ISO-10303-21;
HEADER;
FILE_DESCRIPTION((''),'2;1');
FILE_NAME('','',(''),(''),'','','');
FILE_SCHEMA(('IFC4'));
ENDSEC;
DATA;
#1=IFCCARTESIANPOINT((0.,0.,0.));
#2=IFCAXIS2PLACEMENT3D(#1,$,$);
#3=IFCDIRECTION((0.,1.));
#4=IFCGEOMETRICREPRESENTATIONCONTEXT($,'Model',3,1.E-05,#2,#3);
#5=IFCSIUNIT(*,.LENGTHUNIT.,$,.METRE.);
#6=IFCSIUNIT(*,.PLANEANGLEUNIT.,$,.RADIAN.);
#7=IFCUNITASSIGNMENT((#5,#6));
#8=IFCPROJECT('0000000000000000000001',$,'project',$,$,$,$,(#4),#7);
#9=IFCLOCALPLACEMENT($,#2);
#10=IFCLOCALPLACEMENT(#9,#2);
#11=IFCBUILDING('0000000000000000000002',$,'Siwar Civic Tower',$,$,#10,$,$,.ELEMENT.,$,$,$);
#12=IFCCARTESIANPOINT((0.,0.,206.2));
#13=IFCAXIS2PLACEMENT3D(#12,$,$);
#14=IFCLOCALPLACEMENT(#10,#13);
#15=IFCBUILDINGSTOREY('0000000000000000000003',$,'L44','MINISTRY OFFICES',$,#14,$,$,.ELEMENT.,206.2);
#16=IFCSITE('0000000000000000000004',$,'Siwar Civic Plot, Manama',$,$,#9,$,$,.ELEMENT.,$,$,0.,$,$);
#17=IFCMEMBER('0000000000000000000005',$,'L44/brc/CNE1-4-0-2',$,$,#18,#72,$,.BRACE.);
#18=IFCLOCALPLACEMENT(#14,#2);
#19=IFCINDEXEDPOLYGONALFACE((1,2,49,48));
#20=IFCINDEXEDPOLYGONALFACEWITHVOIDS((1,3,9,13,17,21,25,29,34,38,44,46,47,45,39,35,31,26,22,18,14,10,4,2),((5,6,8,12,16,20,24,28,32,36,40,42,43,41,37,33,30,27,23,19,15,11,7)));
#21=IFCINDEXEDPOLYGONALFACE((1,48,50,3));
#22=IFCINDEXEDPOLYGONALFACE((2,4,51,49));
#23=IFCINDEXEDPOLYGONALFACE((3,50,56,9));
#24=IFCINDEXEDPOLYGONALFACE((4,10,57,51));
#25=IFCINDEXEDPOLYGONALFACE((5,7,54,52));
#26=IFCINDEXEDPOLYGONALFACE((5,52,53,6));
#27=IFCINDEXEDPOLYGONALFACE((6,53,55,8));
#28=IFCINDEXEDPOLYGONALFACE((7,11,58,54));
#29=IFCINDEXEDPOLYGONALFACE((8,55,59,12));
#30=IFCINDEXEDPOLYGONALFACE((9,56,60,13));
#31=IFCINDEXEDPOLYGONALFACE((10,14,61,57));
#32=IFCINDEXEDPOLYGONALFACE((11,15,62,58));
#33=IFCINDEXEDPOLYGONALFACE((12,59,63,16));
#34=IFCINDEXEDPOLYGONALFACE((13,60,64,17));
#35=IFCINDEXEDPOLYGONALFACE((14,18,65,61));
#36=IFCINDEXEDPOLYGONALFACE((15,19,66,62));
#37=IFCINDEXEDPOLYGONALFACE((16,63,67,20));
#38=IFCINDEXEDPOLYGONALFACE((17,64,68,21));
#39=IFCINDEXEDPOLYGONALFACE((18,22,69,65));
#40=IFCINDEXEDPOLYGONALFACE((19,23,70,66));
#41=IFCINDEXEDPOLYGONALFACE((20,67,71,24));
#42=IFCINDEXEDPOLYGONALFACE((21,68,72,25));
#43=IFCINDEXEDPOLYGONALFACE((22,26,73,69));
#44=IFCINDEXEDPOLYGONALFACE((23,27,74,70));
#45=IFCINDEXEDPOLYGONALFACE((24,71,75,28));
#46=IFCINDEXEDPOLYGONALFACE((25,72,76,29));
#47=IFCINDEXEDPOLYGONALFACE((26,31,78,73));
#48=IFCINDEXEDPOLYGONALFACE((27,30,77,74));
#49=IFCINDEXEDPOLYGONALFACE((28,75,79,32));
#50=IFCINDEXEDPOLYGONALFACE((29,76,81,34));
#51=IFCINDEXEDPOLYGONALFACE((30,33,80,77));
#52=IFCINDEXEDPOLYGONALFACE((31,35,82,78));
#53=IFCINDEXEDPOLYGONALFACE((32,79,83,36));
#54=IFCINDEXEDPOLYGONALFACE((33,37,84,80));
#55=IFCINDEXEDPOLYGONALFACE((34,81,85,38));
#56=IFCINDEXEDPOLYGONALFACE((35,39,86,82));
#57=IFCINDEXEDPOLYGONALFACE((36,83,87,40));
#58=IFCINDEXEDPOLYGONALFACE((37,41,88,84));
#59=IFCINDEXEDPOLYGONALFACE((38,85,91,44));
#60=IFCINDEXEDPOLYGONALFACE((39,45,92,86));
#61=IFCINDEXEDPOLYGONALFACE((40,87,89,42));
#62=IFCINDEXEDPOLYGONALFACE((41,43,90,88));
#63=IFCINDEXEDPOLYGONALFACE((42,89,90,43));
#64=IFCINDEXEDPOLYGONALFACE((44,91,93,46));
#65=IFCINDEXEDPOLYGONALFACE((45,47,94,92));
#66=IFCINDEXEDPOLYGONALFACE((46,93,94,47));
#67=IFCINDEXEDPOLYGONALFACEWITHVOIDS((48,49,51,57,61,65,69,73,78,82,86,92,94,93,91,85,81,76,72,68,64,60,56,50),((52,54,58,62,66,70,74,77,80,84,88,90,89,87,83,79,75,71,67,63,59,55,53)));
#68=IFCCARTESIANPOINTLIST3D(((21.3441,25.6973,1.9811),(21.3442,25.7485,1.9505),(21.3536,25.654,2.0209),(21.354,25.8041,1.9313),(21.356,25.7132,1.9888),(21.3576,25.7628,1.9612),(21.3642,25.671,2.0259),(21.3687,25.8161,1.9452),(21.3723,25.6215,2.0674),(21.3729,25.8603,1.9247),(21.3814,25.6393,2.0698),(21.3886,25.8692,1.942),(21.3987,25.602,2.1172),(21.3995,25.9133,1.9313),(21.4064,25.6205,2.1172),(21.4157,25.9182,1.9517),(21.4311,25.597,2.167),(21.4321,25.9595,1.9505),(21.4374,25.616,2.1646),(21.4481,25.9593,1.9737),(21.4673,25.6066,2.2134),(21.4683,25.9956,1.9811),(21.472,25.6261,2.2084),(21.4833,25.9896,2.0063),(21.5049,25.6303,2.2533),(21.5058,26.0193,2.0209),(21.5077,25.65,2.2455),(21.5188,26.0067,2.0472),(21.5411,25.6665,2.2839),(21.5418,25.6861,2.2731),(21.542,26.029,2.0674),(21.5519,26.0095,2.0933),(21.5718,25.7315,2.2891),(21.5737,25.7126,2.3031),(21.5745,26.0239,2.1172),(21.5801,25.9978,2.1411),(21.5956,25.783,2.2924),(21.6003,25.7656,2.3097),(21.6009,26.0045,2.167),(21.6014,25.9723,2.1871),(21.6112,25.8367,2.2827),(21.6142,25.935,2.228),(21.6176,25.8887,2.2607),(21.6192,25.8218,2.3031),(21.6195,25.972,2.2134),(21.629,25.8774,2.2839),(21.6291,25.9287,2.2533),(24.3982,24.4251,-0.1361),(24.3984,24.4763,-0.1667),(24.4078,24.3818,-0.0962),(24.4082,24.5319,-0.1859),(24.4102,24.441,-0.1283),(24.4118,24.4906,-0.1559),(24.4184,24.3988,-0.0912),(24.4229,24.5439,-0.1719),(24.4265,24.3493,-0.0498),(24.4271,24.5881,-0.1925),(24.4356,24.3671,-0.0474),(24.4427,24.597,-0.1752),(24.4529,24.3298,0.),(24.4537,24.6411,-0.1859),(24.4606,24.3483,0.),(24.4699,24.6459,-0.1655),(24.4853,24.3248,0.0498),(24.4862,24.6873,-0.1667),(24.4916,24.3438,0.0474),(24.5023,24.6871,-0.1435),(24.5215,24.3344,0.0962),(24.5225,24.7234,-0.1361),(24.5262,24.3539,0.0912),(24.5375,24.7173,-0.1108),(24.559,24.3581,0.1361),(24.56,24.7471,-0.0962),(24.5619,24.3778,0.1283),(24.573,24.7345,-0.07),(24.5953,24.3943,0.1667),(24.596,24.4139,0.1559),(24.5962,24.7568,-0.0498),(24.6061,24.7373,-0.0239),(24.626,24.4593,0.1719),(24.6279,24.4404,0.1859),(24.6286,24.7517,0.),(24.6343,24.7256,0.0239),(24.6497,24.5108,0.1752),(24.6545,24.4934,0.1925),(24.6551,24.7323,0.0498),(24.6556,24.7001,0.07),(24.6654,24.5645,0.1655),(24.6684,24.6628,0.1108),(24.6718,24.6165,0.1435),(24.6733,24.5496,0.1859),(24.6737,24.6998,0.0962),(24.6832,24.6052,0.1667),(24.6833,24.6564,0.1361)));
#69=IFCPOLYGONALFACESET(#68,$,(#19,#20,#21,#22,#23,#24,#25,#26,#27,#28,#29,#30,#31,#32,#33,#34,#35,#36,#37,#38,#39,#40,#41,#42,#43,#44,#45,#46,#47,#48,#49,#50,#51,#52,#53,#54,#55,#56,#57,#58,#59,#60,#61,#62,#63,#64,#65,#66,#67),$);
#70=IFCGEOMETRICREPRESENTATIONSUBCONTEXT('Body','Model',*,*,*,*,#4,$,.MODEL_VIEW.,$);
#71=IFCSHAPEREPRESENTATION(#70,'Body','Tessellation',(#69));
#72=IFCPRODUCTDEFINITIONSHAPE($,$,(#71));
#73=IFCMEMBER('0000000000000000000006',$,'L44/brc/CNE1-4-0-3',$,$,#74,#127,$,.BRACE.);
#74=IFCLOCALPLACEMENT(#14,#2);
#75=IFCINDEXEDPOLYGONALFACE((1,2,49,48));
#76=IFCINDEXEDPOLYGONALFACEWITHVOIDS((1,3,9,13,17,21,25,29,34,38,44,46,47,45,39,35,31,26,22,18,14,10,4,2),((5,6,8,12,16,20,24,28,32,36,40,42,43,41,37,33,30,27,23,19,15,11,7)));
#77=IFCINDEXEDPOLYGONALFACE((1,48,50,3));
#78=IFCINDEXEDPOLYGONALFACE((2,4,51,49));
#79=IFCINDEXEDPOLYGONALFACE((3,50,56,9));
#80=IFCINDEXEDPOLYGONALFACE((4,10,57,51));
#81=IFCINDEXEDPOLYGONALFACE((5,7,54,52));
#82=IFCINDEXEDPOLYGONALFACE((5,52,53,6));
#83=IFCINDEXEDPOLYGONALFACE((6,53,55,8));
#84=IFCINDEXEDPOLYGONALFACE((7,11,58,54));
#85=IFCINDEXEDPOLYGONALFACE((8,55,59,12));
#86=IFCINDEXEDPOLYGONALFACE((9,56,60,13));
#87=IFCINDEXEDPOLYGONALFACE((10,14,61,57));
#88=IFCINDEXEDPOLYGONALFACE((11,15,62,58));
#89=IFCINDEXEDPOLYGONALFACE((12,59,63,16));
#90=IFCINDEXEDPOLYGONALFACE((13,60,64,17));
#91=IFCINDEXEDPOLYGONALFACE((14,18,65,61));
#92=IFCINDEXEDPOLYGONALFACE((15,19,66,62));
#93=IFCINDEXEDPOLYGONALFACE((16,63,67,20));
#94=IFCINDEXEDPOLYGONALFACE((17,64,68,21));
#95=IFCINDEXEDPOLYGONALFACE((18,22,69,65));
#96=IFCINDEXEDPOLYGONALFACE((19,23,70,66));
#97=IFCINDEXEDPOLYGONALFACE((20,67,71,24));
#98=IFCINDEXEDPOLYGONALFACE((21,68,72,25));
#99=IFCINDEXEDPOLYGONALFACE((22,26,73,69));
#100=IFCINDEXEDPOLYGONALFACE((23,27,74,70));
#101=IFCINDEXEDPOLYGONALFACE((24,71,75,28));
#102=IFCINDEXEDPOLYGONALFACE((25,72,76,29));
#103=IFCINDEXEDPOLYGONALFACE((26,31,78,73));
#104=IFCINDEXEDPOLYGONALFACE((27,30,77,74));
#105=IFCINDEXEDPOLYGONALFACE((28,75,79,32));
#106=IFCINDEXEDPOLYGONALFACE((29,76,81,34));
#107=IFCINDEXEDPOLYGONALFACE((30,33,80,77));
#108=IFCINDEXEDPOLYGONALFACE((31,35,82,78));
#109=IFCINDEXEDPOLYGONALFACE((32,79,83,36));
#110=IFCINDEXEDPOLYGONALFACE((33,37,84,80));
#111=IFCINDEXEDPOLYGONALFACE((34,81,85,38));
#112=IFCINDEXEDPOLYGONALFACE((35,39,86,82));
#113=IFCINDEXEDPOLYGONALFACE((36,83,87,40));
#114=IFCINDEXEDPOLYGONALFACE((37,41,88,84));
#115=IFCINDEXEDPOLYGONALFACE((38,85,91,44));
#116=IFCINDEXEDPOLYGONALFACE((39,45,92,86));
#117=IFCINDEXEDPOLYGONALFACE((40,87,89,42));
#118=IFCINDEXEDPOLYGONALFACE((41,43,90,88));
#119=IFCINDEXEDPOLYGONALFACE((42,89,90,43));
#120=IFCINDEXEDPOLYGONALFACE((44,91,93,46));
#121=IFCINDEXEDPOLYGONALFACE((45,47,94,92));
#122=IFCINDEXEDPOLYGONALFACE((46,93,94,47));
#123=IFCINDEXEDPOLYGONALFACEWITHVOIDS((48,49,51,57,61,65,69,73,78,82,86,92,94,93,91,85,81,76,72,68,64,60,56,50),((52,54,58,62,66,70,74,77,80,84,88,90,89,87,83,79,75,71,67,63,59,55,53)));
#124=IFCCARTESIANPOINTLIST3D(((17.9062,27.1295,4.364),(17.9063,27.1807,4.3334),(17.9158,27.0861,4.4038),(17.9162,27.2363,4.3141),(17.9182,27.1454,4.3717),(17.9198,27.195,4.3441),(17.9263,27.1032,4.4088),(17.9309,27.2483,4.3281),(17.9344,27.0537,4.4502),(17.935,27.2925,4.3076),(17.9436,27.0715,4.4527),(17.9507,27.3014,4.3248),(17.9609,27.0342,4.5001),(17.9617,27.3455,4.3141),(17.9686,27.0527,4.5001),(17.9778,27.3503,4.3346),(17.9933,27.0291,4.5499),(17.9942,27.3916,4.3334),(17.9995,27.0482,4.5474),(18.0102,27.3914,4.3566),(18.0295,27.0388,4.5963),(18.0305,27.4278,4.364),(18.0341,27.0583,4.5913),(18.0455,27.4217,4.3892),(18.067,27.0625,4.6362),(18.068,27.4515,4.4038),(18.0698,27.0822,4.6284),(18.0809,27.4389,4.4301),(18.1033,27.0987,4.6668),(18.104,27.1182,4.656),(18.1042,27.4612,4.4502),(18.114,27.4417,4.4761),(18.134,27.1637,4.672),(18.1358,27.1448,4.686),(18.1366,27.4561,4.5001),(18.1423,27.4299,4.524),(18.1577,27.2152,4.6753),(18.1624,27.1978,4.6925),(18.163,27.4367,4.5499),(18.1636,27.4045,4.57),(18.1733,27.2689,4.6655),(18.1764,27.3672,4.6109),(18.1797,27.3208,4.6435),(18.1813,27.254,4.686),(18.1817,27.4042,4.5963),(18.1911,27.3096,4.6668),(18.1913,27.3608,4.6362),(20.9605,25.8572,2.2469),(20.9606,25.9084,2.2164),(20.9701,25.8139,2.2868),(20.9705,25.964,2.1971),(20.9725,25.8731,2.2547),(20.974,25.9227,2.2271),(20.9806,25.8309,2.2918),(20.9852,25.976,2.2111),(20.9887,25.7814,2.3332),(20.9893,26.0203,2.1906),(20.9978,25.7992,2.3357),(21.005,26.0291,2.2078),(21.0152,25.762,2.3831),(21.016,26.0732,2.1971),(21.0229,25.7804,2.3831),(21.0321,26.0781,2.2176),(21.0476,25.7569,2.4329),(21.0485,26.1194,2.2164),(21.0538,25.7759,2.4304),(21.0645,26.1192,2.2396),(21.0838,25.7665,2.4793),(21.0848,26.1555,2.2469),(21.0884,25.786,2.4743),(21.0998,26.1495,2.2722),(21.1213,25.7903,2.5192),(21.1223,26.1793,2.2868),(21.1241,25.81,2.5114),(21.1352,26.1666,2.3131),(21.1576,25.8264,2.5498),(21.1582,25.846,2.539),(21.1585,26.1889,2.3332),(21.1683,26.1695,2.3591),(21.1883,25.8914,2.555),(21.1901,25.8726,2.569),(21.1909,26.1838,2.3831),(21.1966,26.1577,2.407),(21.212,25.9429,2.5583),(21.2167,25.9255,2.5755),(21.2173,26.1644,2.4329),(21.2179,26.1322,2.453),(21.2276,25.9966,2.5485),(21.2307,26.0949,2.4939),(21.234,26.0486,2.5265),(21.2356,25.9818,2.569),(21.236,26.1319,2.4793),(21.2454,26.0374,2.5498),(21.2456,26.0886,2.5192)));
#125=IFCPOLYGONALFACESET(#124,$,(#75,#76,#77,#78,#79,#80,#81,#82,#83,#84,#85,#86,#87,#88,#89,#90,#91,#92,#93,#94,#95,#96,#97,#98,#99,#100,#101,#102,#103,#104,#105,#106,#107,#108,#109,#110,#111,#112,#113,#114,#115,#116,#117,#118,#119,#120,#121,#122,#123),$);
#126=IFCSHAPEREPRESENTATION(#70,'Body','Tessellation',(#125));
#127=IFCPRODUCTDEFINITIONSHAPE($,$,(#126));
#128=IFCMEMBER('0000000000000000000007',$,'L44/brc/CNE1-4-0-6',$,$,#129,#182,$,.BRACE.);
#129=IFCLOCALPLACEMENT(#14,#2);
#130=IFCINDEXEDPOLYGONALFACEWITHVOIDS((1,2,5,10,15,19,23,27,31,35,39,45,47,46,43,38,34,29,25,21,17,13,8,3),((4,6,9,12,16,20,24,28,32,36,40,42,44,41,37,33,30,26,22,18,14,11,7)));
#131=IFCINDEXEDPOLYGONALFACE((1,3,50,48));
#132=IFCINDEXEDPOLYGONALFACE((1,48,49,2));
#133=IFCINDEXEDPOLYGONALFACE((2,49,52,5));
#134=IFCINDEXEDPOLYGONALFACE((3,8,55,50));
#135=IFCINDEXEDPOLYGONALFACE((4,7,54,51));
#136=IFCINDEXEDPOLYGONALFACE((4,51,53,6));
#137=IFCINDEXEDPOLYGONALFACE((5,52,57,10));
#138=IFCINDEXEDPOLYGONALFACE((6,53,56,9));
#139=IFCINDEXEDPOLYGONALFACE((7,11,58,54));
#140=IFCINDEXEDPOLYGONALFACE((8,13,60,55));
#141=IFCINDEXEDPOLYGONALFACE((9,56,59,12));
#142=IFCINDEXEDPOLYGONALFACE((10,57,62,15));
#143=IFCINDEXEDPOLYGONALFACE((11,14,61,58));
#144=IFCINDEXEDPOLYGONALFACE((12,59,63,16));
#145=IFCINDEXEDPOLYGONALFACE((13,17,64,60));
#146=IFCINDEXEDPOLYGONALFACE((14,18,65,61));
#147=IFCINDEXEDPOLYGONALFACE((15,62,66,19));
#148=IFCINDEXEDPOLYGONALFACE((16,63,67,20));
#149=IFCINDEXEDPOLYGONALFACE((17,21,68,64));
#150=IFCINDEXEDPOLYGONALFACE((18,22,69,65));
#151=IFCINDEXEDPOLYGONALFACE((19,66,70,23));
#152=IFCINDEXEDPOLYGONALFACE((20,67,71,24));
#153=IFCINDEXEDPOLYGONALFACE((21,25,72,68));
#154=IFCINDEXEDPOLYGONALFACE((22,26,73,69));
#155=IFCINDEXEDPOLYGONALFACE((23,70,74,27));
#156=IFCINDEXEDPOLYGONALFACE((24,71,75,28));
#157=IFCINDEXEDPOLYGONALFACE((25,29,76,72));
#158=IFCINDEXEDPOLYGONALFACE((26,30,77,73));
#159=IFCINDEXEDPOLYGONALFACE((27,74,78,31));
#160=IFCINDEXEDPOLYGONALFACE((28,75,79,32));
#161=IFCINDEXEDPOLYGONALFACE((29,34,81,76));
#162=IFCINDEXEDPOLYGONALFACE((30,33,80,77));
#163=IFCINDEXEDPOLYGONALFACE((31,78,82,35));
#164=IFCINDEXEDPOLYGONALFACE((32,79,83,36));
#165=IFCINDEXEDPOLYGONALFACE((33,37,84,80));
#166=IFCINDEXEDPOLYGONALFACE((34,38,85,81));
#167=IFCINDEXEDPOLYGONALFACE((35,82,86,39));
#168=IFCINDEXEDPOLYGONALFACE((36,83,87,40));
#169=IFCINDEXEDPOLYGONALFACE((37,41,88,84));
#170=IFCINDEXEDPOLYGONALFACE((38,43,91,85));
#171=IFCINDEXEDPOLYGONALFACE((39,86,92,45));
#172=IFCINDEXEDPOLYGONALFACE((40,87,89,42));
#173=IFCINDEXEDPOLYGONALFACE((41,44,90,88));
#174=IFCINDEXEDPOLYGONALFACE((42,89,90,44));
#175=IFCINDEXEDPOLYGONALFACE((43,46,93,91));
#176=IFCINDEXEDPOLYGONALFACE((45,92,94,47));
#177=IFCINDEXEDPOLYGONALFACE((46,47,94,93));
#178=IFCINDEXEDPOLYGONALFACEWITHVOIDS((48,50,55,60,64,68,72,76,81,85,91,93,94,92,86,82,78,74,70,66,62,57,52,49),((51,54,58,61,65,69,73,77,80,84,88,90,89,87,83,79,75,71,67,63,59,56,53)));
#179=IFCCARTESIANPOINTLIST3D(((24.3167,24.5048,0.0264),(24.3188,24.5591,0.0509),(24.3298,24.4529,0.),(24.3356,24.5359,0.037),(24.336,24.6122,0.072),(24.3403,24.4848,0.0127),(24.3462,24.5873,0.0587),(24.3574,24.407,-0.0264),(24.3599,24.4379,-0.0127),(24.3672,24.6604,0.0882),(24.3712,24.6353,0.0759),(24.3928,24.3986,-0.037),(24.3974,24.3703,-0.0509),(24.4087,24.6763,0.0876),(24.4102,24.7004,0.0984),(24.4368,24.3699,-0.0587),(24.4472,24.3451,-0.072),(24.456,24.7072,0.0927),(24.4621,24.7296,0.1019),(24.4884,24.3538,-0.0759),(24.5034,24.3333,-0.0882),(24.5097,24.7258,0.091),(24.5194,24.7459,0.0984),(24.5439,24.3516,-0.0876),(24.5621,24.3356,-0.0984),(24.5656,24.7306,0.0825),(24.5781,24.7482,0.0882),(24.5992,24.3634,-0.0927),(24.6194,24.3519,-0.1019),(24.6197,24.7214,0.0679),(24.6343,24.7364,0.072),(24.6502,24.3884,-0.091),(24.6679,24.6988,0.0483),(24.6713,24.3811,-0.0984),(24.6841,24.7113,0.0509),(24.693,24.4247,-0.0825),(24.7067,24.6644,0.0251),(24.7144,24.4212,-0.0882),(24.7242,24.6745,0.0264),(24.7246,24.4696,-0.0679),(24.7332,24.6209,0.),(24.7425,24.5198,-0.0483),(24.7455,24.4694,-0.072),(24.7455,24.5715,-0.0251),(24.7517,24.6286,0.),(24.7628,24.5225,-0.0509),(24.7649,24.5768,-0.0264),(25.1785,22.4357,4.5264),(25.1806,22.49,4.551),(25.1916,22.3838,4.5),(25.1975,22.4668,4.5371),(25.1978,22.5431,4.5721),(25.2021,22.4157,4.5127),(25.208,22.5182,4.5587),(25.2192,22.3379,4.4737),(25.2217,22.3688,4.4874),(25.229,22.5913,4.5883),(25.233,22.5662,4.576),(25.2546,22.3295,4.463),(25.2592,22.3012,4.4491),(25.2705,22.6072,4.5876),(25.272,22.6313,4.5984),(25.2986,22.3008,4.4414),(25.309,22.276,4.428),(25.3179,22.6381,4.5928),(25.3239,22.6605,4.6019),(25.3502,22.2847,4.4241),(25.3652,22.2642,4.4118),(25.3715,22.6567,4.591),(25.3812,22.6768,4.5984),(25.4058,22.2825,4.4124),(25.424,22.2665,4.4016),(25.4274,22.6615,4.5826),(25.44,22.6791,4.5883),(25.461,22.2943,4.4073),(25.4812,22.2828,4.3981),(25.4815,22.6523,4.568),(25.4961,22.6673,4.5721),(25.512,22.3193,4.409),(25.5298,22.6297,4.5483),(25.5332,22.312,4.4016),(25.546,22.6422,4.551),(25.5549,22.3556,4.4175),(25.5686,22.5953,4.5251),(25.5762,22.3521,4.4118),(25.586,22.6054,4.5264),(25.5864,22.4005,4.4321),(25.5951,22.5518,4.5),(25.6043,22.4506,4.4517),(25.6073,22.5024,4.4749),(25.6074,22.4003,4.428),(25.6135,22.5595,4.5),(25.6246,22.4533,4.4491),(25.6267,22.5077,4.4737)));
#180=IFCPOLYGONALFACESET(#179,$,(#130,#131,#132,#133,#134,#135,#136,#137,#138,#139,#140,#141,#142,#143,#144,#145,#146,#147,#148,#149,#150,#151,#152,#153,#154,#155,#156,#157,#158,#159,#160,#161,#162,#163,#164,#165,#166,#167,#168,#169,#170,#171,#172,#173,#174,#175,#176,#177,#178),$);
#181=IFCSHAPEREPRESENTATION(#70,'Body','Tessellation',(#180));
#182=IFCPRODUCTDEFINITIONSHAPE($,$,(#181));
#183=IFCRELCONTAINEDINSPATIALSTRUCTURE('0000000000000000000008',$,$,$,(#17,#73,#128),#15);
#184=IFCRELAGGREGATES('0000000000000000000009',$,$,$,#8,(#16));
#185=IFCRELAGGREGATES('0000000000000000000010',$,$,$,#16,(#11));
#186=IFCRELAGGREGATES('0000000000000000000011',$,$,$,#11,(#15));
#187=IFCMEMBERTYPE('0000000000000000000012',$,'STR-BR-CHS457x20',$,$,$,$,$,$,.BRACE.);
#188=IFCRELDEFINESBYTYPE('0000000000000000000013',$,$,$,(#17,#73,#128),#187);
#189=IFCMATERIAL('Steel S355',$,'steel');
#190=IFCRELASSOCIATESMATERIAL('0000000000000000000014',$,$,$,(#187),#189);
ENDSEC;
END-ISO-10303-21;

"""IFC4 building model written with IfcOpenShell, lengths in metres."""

from ifc_helpers import new_model, si_unit, direction, frame, origin, origin_2d, place, context, subcontext, project, spatial, hollow_circle, extrude, material, material_profile, profile_set, type_object, element, save


model = new_model("IFC4")

# Units and contexts
model_context = context("Model", 3, precision=1e-05, world=origin(), true_north=direction((0.0, 1.0)))
body_context = subcontext(model_context, "Body", "Model", "MODEL_VIEW")
ifc_project = project(units=[si_unit("LENGTHUNIT", "METRE"), si_unit("PLANEANGLEUNIT", "RADIAN")], contexts=[model_context])

# Site, building, storey
site_placement = place(None, origin())
site = spatial("IfcSite", under=ifc_project, at=site_placement, Name="Siwar Civic Plot, Manama", CompositionType="ELEMENT", RefElevation=0.0)
building_placement = place(site_placement, origin())
building = spatial("IfcBuilding", under=site, at=building_placement, Name="Siwar Civic Tower", CompositionType="ELEMENT")
storey_placement = place(building_placement, frame((0.0, 0.0, 206.2)))
storey = spatial("IfcBuildingStorey", under=building, at=storey_placement, Name="L44", Description="MINISTRY OFFICES", CompositionType="ELEMENT", Elevation=206.2)

# Members
ifc_material_1 = material(Name="Steel S355", Category="steel")
ifc_material_profile_1 = material_profile(ifc_material_1, hollow_circle(Radius=0.2285, WallThickness=0.02, at=origin_2d()), Name="CHS457x20")
ifc_profile_set_1 = profile_set([ifc_material_profile_1], Name="Steel S355")
member_type_1 = type_object("IfcMemberType", Name="STR-BR-CHS457x20", PredefinedType="BRACE", material=ifc_profile_set_1)
for number, where, z_axis, x_axis, name in (
    (1, (24.5408, 24.5408, 0.0), (-0.777546, 0.323884, 0.538999), (-0.384521, -0.923116, 0.0), "L44/brc/CNE1-4-0-2"),
    (2, (21.103, 25.9729, 2.3831), (-0.777572, 0.323895, 0.538955), (-0.384521, -0.923116, 0.0), "L44/brc/CNE1-4-0-3"),
):
    element("IfcMember", number, at=place(storey_placement, frame(where, z_axis=z_axis, x_axis=x_axis)), inside=storey, type_object=member_type_1, Name=name, PredefinedType="BRACE", context=body_context, shape_type="SweptSolid", body=[
        extrude(hollow_circle(Radius=0.2285, WallThickness=0.02, at=origin_2d()), origin(), (0.0, 0.0, 1.0), 3.928),
    ])
member_1_placement = place(storey_placement, frame((24.5408, 24.5408, 0.0), z_axis=(0.171427, -0.41157, 0.895111), x_axis=(0.923125, 0.384499, 0.0)))
element("IfcMember", 3, at=member_1_placement, inside=storey, type_object=member_type_1, Name="L44/brc/CNE1-4-0-6", PredefinedType="BRACE", context=body_context, shape_type="SweptSolid", body=[
    extrude(hollow_circle(Radius=0.2285, WallThickness=0.02, at=origin_2d()), origin(), (0.0, 0.0, 1.0), 5.0273),
])

save(model, "model.ifc")
